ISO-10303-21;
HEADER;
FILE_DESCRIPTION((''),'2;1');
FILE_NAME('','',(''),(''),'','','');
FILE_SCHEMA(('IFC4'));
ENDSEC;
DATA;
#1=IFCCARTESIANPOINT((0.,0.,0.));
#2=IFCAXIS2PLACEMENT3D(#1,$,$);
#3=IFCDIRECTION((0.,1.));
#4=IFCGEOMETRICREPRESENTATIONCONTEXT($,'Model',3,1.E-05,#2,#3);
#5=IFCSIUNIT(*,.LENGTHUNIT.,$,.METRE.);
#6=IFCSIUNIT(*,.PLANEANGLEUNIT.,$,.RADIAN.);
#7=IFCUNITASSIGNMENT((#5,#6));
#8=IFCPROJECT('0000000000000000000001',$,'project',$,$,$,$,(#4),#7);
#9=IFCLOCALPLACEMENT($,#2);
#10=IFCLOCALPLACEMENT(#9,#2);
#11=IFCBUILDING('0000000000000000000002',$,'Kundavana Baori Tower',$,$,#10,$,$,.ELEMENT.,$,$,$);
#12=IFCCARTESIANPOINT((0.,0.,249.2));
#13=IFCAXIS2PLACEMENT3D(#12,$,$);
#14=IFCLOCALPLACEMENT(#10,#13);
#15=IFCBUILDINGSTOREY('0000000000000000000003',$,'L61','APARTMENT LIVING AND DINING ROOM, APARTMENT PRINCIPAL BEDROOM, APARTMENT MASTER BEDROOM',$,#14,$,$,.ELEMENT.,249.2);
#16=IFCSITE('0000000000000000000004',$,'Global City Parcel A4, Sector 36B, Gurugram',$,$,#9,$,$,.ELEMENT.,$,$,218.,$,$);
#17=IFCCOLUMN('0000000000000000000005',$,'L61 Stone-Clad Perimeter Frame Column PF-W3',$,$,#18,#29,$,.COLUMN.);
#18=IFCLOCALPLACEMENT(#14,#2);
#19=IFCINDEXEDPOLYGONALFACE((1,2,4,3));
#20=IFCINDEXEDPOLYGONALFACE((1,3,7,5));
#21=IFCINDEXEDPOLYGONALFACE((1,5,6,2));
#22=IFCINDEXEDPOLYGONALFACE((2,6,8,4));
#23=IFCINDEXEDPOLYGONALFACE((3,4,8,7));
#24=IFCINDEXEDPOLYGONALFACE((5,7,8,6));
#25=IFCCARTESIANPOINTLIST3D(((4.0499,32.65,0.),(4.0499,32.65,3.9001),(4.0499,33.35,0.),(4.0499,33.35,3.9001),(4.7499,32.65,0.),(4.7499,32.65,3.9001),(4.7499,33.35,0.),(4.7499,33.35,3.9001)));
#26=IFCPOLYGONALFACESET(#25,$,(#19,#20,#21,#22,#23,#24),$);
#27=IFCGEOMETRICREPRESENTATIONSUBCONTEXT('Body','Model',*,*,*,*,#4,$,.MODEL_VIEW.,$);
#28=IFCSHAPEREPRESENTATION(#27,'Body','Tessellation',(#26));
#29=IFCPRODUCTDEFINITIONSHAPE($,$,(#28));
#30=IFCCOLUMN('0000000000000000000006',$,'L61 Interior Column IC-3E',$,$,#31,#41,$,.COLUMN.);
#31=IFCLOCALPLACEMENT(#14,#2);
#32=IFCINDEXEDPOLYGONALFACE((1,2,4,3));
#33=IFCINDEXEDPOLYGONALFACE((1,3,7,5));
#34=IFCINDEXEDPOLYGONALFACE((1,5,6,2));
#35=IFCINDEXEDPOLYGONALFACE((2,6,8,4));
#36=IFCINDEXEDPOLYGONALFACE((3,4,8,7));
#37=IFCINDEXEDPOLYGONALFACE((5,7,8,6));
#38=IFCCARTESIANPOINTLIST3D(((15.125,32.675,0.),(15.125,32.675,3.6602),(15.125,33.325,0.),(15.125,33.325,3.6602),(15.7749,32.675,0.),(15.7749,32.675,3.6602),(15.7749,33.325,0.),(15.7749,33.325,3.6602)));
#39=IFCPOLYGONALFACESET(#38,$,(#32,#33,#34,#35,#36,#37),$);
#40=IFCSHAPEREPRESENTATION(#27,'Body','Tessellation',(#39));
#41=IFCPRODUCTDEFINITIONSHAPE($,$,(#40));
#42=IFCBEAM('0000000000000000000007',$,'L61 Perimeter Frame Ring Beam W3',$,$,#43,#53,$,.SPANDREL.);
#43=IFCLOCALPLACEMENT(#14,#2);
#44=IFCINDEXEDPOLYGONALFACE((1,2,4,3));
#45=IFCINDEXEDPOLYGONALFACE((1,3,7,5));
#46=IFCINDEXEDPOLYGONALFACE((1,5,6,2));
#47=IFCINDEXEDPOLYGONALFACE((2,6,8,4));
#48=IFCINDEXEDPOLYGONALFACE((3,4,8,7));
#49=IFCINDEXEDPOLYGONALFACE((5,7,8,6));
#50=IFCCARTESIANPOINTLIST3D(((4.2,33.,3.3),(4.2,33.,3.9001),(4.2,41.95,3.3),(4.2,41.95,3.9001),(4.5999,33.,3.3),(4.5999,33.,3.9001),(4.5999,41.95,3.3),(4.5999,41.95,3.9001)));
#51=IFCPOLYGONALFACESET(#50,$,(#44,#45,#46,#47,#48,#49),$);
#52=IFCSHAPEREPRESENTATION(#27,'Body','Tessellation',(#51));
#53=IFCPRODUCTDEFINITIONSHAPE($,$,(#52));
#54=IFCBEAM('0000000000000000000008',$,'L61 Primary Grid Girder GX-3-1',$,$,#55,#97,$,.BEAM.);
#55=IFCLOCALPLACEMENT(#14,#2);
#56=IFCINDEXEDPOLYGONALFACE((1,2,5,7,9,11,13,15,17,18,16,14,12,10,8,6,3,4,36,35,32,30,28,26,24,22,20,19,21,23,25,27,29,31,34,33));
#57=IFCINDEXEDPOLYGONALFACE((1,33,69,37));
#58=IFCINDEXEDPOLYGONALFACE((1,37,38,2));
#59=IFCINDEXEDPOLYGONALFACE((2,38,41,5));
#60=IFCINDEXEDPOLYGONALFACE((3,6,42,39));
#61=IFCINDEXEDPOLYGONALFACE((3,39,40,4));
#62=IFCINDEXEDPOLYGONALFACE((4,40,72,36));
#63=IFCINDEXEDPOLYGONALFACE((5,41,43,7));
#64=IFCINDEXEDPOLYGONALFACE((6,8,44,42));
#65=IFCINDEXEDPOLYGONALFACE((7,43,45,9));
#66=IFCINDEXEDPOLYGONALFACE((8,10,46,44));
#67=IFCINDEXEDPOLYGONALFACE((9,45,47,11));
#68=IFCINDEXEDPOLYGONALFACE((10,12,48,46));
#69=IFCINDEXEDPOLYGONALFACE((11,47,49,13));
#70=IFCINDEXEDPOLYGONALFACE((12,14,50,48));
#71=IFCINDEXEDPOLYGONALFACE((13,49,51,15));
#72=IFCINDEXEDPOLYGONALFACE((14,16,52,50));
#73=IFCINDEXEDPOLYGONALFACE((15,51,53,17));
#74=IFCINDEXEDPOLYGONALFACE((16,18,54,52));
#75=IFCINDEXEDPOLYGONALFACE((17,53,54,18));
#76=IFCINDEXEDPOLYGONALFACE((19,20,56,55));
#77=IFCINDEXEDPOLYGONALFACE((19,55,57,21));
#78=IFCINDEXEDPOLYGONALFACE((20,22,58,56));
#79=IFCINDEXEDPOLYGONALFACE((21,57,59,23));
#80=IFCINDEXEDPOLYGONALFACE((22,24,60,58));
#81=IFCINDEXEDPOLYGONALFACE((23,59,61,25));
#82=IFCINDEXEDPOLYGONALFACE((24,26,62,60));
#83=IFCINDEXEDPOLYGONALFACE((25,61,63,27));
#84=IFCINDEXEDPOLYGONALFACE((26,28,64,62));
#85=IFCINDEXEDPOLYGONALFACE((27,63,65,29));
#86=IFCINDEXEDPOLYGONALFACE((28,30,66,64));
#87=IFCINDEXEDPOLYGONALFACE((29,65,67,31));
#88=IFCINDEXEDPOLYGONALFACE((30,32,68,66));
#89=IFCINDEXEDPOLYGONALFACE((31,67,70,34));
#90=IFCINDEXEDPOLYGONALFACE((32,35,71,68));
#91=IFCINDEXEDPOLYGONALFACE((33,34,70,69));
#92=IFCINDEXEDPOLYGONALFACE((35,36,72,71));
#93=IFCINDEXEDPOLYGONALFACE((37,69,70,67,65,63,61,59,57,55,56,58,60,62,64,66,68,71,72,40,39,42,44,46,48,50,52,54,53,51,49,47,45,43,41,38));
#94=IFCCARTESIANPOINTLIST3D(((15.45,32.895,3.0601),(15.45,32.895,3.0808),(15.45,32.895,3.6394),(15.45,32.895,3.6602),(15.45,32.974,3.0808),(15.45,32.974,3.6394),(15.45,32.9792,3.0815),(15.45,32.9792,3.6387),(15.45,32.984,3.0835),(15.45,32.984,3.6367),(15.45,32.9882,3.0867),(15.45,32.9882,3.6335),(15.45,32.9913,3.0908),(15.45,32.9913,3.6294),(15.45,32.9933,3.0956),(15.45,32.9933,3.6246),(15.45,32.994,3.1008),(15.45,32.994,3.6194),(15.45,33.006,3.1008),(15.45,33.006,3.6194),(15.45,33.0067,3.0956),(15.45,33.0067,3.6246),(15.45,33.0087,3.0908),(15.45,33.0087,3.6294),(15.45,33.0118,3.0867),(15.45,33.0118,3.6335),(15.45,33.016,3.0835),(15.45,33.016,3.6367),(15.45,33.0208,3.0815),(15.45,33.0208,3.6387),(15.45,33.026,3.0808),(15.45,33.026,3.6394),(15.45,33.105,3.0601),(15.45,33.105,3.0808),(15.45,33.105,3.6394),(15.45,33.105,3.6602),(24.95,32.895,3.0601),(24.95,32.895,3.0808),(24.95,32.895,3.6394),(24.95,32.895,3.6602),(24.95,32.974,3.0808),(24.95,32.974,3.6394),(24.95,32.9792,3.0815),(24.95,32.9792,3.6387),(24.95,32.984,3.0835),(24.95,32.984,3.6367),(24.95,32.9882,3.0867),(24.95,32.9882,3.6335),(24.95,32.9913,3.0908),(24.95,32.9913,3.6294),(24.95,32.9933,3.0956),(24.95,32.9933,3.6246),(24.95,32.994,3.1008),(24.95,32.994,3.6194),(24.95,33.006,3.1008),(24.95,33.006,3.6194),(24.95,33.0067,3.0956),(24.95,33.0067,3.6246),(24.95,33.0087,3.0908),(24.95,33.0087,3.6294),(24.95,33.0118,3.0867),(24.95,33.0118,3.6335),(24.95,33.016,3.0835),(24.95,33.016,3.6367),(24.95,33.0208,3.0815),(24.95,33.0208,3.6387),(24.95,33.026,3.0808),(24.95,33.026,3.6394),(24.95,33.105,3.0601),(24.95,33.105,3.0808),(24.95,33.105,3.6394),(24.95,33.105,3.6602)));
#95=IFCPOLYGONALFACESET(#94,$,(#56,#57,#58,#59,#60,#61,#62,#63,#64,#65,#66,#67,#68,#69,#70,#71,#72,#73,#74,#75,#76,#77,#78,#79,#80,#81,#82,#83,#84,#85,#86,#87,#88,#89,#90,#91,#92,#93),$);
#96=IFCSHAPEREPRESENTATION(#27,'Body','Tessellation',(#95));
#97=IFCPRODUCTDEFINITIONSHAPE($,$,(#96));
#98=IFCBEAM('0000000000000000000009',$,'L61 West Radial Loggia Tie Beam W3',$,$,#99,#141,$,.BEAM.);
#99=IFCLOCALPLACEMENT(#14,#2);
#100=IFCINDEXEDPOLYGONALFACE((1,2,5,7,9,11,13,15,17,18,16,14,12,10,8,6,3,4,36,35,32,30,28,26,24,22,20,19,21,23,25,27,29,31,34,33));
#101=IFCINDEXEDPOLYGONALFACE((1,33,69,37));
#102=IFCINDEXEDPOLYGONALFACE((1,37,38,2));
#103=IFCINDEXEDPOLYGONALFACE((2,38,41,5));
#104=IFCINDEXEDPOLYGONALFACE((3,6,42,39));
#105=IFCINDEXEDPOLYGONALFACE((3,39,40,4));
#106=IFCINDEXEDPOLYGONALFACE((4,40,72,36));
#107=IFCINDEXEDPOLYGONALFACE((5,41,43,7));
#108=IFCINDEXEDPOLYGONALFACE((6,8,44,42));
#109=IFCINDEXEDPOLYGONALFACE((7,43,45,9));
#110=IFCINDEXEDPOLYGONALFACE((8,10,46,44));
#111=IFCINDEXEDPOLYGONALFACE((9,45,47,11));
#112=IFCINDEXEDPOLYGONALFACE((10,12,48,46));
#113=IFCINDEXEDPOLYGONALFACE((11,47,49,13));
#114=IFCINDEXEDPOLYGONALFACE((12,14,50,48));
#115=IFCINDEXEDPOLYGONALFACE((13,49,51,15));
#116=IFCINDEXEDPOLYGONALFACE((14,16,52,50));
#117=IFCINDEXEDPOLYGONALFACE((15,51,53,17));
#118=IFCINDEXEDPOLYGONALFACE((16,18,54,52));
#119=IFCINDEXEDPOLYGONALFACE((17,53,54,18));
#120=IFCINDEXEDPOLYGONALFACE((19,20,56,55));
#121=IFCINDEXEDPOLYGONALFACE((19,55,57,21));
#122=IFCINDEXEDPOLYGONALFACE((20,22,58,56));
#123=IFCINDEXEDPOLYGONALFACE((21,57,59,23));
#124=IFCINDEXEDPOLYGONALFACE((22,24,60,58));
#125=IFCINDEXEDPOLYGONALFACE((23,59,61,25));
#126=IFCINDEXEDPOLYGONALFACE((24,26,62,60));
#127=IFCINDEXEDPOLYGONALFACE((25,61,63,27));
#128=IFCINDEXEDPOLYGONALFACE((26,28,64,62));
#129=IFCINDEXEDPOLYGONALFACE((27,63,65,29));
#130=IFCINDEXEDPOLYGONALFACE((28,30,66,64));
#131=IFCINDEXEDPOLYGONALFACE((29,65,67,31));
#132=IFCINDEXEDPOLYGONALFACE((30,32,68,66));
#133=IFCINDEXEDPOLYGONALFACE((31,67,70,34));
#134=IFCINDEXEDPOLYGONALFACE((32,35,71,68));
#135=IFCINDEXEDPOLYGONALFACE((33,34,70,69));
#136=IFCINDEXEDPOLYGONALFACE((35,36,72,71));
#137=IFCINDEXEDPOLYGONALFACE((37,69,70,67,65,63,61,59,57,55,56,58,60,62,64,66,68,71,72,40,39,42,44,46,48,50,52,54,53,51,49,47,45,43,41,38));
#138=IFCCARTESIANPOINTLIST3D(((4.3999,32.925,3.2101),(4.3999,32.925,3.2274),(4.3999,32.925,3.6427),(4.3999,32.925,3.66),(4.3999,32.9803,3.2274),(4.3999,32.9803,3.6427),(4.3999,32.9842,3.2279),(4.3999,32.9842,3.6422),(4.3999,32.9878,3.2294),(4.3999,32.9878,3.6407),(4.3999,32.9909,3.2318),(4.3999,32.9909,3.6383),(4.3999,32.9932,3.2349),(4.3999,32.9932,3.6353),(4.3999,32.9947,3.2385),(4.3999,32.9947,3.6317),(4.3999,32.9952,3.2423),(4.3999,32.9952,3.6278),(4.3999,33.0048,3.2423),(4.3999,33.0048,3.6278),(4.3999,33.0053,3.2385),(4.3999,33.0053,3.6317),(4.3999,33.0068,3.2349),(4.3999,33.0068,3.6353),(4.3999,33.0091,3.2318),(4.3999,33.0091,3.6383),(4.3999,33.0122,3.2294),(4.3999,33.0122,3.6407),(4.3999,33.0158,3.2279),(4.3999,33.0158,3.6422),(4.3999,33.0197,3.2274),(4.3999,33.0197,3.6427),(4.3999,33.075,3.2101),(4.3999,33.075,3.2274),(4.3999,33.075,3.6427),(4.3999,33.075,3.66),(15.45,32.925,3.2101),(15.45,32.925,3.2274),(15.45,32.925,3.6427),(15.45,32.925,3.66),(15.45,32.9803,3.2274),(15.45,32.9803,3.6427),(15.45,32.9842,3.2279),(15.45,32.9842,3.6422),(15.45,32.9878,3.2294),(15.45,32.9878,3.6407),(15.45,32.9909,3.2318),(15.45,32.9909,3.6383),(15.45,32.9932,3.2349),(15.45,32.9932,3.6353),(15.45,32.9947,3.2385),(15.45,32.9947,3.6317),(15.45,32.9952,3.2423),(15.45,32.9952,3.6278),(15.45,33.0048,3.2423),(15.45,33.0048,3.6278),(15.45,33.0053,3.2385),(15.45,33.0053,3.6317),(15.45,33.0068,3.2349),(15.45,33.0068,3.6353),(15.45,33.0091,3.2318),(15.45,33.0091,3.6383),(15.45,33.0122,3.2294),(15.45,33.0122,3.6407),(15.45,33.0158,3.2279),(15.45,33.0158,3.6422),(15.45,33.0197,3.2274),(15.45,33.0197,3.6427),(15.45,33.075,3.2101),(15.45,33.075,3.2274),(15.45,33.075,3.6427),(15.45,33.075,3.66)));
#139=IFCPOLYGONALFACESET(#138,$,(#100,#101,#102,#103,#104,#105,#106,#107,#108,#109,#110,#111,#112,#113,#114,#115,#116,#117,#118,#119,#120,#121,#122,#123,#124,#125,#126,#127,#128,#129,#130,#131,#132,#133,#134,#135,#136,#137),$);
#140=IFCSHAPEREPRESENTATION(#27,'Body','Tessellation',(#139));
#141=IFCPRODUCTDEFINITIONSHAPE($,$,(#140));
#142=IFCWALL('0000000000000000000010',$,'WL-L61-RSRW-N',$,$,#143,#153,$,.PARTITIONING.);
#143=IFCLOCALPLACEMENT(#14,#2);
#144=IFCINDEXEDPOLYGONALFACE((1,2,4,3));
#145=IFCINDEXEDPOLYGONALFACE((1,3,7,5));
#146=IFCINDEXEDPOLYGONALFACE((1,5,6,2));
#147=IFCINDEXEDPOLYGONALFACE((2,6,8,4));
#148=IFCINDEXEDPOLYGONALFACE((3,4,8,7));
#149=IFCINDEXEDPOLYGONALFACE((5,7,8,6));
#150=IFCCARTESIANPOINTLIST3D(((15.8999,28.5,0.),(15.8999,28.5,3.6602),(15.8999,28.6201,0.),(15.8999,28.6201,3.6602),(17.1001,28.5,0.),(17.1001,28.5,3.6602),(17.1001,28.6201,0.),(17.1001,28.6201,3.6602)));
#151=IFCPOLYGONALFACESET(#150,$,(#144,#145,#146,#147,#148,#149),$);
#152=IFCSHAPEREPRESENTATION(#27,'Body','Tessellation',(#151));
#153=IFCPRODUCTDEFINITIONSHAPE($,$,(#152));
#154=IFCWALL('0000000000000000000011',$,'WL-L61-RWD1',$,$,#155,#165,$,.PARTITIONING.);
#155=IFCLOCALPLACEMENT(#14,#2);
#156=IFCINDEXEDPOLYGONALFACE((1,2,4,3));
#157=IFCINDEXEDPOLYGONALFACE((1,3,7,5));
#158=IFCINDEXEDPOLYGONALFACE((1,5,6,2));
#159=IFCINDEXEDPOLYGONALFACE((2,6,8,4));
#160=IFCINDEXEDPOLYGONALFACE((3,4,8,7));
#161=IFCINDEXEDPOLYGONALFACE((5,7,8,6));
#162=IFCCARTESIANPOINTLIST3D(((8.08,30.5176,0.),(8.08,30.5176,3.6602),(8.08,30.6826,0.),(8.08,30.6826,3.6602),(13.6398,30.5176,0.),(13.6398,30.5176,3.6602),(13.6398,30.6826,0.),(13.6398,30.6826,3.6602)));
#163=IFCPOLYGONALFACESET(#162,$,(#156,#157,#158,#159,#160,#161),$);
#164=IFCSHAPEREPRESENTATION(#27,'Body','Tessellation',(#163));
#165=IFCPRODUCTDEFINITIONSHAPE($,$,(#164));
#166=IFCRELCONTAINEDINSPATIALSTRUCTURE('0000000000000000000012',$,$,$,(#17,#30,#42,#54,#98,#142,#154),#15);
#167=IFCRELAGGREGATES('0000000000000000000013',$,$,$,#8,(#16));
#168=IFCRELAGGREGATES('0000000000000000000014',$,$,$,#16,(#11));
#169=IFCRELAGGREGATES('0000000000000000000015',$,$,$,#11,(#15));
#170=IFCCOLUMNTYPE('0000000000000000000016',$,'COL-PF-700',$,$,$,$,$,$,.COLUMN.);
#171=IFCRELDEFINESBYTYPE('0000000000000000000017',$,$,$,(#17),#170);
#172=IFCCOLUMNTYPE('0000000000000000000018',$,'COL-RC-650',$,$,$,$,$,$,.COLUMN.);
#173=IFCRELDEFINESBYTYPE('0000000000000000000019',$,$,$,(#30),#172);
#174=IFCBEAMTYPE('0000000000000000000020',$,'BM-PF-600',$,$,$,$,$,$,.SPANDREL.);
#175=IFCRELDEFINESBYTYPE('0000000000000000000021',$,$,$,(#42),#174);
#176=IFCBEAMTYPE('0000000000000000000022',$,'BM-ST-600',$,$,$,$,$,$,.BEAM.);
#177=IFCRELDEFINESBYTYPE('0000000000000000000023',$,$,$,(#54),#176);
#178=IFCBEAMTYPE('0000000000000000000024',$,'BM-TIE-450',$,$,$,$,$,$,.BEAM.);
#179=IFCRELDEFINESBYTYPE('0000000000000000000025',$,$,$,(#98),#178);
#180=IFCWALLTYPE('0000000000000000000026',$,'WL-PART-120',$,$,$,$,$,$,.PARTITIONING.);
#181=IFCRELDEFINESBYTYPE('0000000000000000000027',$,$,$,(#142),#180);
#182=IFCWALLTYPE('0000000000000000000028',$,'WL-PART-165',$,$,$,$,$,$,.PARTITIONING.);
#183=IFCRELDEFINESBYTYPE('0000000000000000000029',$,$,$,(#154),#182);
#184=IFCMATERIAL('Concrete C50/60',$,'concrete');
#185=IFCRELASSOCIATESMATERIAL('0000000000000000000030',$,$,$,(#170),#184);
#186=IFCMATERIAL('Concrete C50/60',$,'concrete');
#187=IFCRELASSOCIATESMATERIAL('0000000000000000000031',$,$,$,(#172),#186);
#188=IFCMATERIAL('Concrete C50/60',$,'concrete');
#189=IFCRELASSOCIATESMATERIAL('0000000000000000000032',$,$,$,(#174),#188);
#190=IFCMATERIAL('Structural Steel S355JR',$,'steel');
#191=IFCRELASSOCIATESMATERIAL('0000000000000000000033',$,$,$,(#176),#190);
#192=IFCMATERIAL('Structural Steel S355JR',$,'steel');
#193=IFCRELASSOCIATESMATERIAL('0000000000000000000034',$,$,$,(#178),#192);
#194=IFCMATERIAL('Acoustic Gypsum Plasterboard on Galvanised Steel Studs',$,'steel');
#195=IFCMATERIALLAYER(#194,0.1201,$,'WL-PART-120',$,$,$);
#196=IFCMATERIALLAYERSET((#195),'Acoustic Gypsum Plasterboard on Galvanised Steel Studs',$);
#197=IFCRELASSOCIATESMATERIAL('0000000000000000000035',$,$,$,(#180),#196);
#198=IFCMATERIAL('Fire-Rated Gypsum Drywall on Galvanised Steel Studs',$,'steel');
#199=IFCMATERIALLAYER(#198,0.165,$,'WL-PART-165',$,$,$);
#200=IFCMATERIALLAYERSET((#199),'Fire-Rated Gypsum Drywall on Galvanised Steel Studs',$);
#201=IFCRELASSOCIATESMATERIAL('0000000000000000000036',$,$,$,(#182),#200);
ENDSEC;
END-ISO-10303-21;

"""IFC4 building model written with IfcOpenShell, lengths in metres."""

from ifc_helpers import new_model, si_unit, direction, frame, frame_2d, origin, origin_2d, place, context, subcontext, project, spatial, rectangle, i_section, extrude, material, layer, layer_set, material_profile, profile_set, type_object, element, save


model = new_model("IFC4")

# Units and contexts
model_context = context("Model", 3, precision=1e-05, world=origin(), true_north=direction((0.0, 1.0)))
body_context = subcontext(model_context, "Body", "Model", "MODEL_VIEW")
ifc_project = project(units=[si_unit("LENGTHUNIT", "METRE"), si_unit("PLANEANGLEUNIT", "RADIAN")], contexts=[model_context])

# Site, building, storey
site_placement = place(None, origin())
site = spatial("IfcSite", under=ifc_project, at=site_placement, Name="Global City Parcel A4, Sector 36B, Gurugram", CompositionType="ELEMENT", RefElevation=218.0)
building_placement = place(site_placement, origin())
building = spatial("IfcBuilding", under=site, at=building_placement, Name="Kundavana Baori Tower", CompositionType="ELEMENT")
storey_placement = place(building_placement, frame((0.0, 0.0, 249.2)))
storey = spatial("IfcBuildingStorey", under=building, at=storey_placement, Name="L61", Description="APARTMENT LIVING AND DINING ROOM, APARTMENT PRINCIPAL BEDROOM, APARTMENT MASTER BEDROOM", CompositionType="ELEMENT", Elevation=249.2)

# Columns
ifc_material_1 = material(Name="Concrete C50/60", Category="concrete")
ifc_material_profile_1 = material_profile(ifc_material_1, rectangle(XDim=0.7, YDim=0.7, at=origin_2d()), Name="RC PF 700x700")
ifc_profile_set_1 = profile_set([ifc_material_profile_1], Name="Concrete C50/60")
column_type_1 = type_object("IfcColumnType", Name="COL-PF-700", PredefinedType="COLUMN", material=ifc_profile_set_1)
column_1_placement = place(storey_placement, frame((4.3999, 33.0, 0.0), z_axis=(0.0, 0.0, 1.0), x_axis=(1.0, 0.0, 0.0)))
element("IfcColumn", 1, at=column_1_placement, inside=storey, type_object=column_type_1, Name="L61 Stone-Clad Perimeter Frame Column PF-W3", PredefinedType="COLUMN", context=body_context, shape_type="SweptSolid", body=[
    extrude(rectangle(XDim=0.7, YDim=0.7, at=origin_2d()), origin(), (0.0, 0.0, 1.0), 3.9001),
])
ifc_material_2 = material(Name="Concrete C50/60", Category="concrete")
ifc_material_profile_2 = material_profile(ifc_material_2, rectangle(XDim=0.6499, YDim=0.6499, at=origin_2d()), Name="RC 650x650")
ifc_profile_set_2 = profile_set([ifc_material_profile_2], Name="Concrete C50/60")
column_type_2 = type_object("IfcColumnType", Name="COL-RC-650", PredefinedType="COLUMN", material=ifc_profile_set_2)
column_2_placement = place(storey_placement, frame((15.45, 33.0, 0.0), z_axis=(0.0, 0.0, 1.0), x_axis=(1.0, 0.0, 0.0)))
element("IfcColumn", 2, at=column_2_placement, inside=storey, type_object=column_type_2, Name="L61 Interior Column IC-3E", PredefinedType="COLUMN", context=body_context, shape_type="SweptSolid", body=[
    extrude(rectangle(XDim=0.6499, YDim=0.6499, at=origin_2d()), origin(), (0.0, 0.0, 1.0), 3.6602),
])

# Beams
ifc_material_3 = material(Name="Concrete C50/60", Category="concrete")
ifc_material_profile_3 = material_profile(ifc_material_3, rectangle(XDim=0.3999, YDim=0.6001, at=origin_2d()), Name="RC BM 400x600")
ifc_profile_set_3 = profile_set([ifc_material_profile_3], Name="Concrete C50/60")
beam_type_1 = type_object("IfcBeamType", Name="BM-PF-600", PredefinedType="SPANDREL", material=ifc_profile_set_3)
beam_1_placement = place(storey_placement, frame((4.3999, 33.0, 3.6001), z_axis=(0.0, 1.0, 0.0), x_axis=(-1.0, 0.0, 0.0)))
element("IfcBeam", 3, at=beam_1_placement, inside=storey, type_object=beam_type_1, Name="L61 Perimeter Frame Ring Beam W3", PredefinedType="SPANDREL", context=body_context, shape_type="SweptSolid", body=[
    extrude(rectangle(XDim=0.3999, YDim=0.6001, at=origin_2d()), origin(), (0.0, 0.0, 1.0), 8.95),
])
ifc_material_4 = material(Name="Structural Steel S355JR", Category="steel")
ifc_material_profile_4 = material_profile(ifc_material_4, i_section(OverallWidth=0.21, OverallDepth=0.6001, WebThickness=0.012, FlangeThickness=0.0208, FilletRadius=0.02, at=origin_2d()), Name="ISMB 600")
ifc_profile_set_4 = profile_set([ifc_material_profile_4], Name="Structural Steel S355JR")
beam_type_2 = type_object("IfcBeamType", Name="BM-ST-600", PredefinedType="BEAM", material=ifc_profile_set_4)
beam_2_placement = place(storey_placement, frame((15.45, 33.0, 3.3601), z_axis=(1.0, 0.0, 0.0), x_axis=(0.0, 1.0, 0.0)))
element("IfcBeam", 4, at=beam_2_placement, inside=storey, type_object=beam_type_2, Name="L61 Primary Grid Girder GX-3-1", PredefinedType="BEAM", context=body_context, shape_type="SweptSolid", body=[
    extrude(i_section(OverallWidth=0.21, OverallDepth=0.6001, WebThickness=0.012, FlangeThickness=0.0208, FilletRadius=0.02, at=origin_2d()), origin(), (0.0, 0.0, 1.0), 9.5),
])
ifc_material_5 = material(Name="Structural Steel S355JR", Category="steel")
ifc_material_profile_5 = material_profile(ifc_material_5, i_section(OverallWidth=0.1499, OverallDepth=0.45, WebThickness=0.0095, FlangeThickness=0.0173, FilletRadius=0.0149, at=origin_2d()), Name="ISMB 450")
ifc_profile_set_5 = profile_set([ifc_material_profile_5], Name="Structural Steel S355JR")
beam_type_3 = type_object("IfcBeamType", Name="BM-TIE-450", PredefinedType="BEAM", material=ifc_profile_set_5)
beam_3_placement = place(storey_placement, frame((15.45, 33.0, 3.4351), z_axis=(-1.0, 0.0, 0.0), x_axis=(0.0, -1.0, 0.0)))
element("IfcBeam", 5, at=beam_3_placement, inside=storey, type_object=beam_type_3, Name="L61 West Radial Loggia Tie Beam W3", PredefinedType="BEAM", context=body_context, shape_type="SweptSolid", body=[
    extrude(i_section(OverallWidth=0.1499, OverallDepth=0.45, WebThickness=0.0095, FlangeThickness=0.0173, FilletRadius=0.0149, at=origin_2d()), origin(), (0.0, 0.0, 1.0), 11.05),
])

# Walls
ifc_material_6 = material(Name="Acoustic Gypsum Plasterboard on Galvanised Steel Studs", Category="steel")
ifc_layer_1 = layer(ifc_material_6, 0.1201, Name="WL-PART-120")
ifc_layer_set_1 = layer_set([ifc_layer_1], Name="Acoustic Gypsum Plasterboard on Galvanised Steel Studs")
wall_type_1 = type_object("IfcWallType", Name="WL-PART-120", PredefinedType="PARTITIONING", material=ifc_layer_set_1)
wall_1_placement = place(storey_placement, frame((15.8999, 28.5601, 0.0), z_axis=(0.0, 0.0, 1.0), x_axis=(1.0, 0.0, 0.0)))
element("IfcWall", 6, at=wall_1_placement, inside=storey, type_object=wall_type_1, Name="WL-L61-RSRW-N", PredefinedType="PARTITIONING", context=body_context, shape_type="SweptSolid", body=[
    extrude(rectangle(XDim=1.2002, YDim=0.1201, at=frame_2d((0.6001, 0.0))), origin(), (0.0, 0.0, 1.0), 3.6602),
])
ifc_material_7 = material(Name="Fire-Rated Gypsum Drywall on Galvanised Steel Studs", Category="steel")
ifc_layer_2 = layer(ifc_material_7, 0.165, Name="WL-PART-165")
ifc_layer_set_2 = layer_set([ifc_layer_2], Name="Fire-Rated Gypsum Drywall on Galvanised Steel Studs")
wall_type_2 = type_object("IfcWallType", Name="WL-PART-165", PredefinedType="PARTITIONING", material=ifc_layer_set_2)
wall_2_placement = place(storey_placement, frame((8.0801, 30.6001, 0.0), z_axis=(0.0, 0.0, 1.0), x_axis=(1.0, 0.0, 0.0)))
element("IfcWall", 7, at=wall_2_placement, inside=storey, type_object=wall_type_2, Name="WL-L61-RWD1", PredefinedType="PARTITIONING", context=body_context, shape_type="SweptSolid", body=[
    extrude(rectangle(XDim=5.5598, YDim=0.165, at=frame_2d((2.7798, 0.0))), origin(), (0.0, 0.0, 1.0), 3.6602),
])

save(model, "model.ifc")
